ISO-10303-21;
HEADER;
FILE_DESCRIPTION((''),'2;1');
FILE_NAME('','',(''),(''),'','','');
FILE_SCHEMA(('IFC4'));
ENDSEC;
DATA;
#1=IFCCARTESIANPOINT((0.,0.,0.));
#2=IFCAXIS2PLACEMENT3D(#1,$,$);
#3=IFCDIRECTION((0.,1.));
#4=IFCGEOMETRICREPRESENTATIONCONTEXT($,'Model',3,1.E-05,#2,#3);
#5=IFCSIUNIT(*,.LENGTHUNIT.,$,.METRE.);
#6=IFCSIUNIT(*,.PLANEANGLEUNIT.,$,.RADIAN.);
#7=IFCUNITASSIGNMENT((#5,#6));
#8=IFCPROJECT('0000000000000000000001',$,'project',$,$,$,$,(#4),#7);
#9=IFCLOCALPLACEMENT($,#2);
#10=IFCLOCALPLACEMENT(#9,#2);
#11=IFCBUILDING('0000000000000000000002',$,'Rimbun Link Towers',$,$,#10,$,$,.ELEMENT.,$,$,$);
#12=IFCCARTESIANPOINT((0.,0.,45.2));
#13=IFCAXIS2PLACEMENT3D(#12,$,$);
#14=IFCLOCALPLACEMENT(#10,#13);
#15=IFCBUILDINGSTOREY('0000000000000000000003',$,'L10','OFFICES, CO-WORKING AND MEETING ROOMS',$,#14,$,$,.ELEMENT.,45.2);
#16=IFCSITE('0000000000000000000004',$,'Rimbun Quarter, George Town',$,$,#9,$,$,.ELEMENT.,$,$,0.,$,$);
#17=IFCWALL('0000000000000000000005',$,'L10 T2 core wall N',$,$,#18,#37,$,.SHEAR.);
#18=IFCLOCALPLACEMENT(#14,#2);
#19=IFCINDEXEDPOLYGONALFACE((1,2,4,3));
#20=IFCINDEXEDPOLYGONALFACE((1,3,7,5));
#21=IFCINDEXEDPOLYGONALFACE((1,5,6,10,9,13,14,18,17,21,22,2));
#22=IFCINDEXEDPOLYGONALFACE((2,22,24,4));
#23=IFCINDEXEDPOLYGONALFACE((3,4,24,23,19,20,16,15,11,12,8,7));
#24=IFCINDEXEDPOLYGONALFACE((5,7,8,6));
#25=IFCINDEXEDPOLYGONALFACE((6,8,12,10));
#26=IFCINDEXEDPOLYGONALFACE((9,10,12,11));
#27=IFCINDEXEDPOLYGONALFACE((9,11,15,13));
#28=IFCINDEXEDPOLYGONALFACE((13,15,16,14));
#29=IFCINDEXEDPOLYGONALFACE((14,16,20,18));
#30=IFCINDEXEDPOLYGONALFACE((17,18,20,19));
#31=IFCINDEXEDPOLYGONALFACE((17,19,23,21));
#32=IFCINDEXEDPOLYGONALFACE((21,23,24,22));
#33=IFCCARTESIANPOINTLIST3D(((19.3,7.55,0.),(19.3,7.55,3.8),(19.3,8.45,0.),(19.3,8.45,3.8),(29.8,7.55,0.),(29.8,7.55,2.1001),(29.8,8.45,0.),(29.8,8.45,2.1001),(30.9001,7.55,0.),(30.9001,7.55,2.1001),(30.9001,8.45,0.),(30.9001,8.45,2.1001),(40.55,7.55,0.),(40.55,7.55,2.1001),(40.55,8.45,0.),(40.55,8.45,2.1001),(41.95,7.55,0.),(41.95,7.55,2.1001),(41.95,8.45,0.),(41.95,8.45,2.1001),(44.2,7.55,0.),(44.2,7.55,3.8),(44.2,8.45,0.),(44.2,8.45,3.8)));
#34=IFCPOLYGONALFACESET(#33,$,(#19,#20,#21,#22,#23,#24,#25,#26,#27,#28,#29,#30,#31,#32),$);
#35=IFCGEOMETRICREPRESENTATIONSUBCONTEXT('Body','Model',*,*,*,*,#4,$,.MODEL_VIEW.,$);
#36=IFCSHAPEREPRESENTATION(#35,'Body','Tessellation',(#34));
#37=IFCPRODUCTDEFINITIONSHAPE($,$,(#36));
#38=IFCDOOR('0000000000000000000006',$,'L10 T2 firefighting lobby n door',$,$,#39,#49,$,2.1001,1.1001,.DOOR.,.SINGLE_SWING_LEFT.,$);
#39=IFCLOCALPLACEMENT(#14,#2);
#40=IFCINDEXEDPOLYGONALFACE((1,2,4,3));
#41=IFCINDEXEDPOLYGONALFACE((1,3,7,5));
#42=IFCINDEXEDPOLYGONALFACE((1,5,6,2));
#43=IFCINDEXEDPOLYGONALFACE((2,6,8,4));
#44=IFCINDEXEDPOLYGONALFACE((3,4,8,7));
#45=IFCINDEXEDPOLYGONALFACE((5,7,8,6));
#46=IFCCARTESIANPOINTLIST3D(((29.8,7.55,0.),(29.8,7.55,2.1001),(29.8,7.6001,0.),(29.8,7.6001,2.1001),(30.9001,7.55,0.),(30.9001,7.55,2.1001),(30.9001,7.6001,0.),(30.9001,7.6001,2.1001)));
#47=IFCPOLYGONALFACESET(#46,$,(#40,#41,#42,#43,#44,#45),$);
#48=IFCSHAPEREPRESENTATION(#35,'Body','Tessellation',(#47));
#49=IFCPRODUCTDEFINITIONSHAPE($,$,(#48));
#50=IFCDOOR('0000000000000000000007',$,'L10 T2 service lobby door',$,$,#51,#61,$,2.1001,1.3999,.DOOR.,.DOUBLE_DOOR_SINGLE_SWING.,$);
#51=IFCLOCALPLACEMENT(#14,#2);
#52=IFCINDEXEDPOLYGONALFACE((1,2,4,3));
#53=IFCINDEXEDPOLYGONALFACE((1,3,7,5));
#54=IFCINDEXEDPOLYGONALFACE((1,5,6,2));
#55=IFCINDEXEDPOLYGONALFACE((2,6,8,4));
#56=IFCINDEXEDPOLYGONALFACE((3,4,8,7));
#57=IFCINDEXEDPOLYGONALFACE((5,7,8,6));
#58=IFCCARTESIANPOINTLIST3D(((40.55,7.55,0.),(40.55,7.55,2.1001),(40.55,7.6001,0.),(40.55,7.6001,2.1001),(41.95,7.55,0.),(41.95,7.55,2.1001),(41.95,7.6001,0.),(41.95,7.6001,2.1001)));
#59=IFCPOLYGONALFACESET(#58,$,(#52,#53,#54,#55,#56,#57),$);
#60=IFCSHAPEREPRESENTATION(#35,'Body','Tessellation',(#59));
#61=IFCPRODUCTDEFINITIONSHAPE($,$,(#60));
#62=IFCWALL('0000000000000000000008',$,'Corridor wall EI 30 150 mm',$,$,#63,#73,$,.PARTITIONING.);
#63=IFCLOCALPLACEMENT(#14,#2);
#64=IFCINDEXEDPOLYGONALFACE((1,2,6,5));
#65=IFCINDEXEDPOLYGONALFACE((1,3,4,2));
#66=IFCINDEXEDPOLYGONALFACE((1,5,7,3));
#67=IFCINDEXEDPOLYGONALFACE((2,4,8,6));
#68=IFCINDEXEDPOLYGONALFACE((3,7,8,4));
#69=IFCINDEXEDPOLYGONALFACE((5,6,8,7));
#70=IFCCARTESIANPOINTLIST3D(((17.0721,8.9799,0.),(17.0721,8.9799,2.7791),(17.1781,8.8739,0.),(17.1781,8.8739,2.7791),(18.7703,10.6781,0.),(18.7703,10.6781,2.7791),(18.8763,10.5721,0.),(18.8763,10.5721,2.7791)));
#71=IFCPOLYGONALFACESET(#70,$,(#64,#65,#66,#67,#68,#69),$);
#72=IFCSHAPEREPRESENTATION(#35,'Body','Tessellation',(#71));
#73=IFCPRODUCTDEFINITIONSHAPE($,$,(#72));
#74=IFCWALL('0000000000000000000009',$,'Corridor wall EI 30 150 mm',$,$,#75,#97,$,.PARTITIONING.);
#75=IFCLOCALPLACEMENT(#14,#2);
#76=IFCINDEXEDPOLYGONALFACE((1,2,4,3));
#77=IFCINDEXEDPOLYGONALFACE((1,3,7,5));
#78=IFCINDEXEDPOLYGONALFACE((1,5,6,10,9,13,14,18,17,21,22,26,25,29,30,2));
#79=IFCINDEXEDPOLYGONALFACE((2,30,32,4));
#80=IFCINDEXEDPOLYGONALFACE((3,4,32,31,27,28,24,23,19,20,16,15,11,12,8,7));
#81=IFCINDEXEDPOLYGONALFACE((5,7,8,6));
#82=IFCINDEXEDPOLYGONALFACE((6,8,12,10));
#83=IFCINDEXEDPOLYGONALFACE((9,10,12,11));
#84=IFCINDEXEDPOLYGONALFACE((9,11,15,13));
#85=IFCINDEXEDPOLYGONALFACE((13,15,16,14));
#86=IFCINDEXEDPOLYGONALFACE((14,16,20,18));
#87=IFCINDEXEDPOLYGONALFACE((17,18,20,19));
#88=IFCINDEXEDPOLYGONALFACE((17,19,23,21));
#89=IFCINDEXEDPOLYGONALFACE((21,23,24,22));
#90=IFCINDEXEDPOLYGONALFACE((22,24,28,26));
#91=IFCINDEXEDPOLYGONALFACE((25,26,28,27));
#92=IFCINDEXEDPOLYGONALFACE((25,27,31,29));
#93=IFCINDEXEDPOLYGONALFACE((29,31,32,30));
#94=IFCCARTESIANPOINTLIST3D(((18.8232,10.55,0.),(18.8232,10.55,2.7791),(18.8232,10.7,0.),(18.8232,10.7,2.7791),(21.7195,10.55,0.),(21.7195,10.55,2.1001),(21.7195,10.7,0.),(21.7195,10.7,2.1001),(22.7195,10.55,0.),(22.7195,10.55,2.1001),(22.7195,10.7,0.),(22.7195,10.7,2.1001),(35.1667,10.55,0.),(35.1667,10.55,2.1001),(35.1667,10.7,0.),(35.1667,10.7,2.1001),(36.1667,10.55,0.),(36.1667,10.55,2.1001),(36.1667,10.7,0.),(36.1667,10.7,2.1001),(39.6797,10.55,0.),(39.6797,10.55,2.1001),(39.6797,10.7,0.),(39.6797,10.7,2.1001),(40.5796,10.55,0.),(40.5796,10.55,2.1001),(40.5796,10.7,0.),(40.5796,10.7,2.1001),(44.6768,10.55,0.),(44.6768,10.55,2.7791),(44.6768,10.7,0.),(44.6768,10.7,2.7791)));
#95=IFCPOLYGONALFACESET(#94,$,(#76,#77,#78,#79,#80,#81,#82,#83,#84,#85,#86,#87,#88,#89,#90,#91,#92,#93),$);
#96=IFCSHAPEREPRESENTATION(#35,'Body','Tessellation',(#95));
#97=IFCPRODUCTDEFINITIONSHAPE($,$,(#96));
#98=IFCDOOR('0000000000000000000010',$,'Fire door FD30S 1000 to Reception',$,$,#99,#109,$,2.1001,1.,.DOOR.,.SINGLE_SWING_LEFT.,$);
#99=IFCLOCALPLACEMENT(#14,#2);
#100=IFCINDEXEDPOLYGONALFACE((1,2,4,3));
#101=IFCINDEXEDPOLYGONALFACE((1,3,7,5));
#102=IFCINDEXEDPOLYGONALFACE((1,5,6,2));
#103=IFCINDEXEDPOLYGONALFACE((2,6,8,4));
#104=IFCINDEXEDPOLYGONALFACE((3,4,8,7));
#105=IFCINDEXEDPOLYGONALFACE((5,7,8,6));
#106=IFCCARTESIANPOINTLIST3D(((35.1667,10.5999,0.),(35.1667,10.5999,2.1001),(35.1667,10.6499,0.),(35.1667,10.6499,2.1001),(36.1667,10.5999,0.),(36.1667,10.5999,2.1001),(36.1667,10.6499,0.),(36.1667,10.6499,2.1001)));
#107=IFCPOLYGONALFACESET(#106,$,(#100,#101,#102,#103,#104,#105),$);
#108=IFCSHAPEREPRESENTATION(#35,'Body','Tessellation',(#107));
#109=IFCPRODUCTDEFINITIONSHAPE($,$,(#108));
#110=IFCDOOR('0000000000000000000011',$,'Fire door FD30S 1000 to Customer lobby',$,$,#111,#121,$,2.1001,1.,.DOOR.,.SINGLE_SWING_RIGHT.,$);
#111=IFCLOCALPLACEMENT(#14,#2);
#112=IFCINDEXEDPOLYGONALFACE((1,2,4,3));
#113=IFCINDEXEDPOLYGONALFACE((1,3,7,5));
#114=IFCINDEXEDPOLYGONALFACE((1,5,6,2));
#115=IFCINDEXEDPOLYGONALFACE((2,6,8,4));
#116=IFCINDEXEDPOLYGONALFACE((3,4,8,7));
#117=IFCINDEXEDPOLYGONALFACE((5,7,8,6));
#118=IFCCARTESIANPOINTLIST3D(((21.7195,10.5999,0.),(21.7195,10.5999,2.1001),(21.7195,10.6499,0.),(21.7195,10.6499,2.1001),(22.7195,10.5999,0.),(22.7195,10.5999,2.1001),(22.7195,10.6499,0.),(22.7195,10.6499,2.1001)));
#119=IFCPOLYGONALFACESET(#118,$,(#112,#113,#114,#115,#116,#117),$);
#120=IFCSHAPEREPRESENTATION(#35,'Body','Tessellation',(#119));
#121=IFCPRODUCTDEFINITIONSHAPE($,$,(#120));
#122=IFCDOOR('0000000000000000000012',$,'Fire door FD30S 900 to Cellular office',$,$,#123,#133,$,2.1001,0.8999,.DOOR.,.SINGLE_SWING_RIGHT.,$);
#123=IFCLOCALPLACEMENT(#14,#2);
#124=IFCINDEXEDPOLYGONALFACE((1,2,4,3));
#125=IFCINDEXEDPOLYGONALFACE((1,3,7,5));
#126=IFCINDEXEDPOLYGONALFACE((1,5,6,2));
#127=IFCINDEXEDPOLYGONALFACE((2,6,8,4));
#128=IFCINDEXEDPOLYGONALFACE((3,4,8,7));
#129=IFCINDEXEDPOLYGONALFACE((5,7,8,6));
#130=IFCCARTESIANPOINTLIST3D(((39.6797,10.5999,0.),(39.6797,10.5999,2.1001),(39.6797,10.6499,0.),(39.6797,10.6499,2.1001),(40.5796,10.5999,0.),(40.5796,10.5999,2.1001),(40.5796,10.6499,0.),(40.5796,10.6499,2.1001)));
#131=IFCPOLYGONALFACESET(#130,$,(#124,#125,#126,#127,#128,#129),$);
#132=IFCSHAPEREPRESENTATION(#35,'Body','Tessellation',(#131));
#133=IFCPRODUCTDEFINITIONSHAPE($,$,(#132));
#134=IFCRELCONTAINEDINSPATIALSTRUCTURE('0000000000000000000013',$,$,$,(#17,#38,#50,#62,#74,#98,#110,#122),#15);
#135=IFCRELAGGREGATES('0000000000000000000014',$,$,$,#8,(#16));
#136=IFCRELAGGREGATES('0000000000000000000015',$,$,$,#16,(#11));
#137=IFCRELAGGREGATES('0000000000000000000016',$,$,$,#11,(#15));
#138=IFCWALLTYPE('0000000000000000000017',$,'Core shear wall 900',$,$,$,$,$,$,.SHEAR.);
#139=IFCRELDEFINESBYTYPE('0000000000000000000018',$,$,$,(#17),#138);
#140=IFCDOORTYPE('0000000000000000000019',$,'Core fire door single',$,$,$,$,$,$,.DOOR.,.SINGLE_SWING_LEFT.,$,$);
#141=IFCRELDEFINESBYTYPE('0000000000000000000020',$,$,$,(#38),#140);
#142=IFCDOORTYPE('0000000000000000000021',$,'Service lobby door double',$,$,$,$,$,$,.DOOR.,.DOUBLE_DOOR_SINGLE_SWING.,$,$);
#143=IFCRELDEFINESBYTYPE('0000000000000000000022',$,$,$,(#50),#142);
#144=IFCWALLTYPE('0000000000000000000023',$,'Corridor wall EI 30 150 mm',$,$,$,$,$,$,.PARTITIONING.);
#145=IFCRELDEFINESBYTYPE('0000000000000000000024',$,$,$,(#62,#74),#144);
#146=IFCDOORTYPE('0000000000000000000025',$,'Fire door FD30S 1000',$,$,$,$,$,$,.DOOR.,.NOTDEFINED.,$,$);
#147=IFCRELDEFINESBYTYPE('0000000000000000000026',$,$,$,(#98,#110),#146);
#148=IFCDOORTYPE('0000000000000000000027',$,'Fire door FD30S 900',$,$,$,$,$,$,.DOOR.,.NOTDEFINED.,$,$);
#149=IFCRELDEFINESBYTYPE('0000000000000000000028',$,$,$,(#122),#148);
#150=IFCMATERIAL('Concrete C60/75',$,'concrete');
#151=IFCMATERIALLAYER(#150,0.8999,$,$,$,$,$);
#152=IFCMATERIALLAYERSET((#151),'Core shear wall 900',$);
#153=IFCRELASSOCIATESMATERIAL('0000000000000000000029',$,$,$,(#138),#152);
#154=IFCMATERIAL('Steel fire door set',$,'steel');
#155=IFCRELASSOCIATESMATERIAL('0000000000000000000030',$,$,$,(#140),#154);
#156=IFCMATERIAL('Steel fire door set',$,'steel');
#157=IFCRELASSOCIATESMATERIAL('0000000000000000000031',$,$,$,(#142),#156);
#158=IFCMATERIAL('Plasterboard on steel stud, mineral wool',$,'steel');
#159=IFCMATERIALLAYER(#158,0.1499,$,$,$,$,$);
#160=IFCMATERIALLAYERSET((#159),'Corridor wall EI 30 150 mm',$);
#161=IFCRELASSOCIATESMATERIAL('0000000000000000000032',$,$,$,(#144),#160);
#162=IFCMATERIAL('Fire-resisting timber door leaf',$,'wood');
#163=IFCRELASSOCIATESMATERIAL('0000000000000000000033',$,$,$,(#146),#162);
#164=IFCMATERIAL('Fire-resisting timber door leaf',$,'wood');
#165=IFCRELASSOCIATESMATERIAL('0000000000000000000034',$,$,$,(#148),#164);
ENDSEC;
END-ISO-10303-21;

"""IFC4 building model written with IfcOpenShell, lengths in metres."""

from ifc_helpers import new_model, si_unit, direction, frame, frame_2d, origin, place, context, subcontext, project, spatial, rectangle, extrude, material, layer, layer_set, type_object, element, fill, save


model = new_model("IFC4")

# Units and contexts
model_context = context("Model", 3, precision=1e-05, world=origin(), true_north=direction((0.0, 1.0)))
body_context = subcontext(model_context, "Body", "Model", "MODEL_VIEW")
ifc_project = project(units=[si_unit("LENGTHUNIT", "METRE"), si_unit("PLANEANGLEUNIT", "RADIAN")], contexts=[model_context])

# Site, building, storey
site_placement = place(None, origin())
site = spatial("IfcSite", under=ifc_project, at=site_placement, Name="Rimbun Quarter, George Town", CompositionType="ELEMENT", RefElevation=0.0)
building_placement = place(site_placement, origin())
building = spatial("IfcBuilding", under=site, at=building_placement, Name="Rimbun Link Towers", CompositionType="ELEMENT")
storey_placement = place(building_placement, frame((0.0, 0.0, 45.2)))
storey = spatial("IfcBuildingStorey", under=building, at=storey_placement, Name="L10", Description="OFFICES, CO-WORKING AND MEETING ROOMS", CompositionType="ELEMENT", Elevation=45.2)

# Wall, openings, doors
ifc_material_1 = material(Name="Concrete C60/75", Category="concrete")
ifc_layer_1 = layer(ifc_material_1, 0.8999)
ifc_layer_set_1 = layer_set([ifc_layer_1], Name="Core shear wall 900")
wall_type_1 = type_object("IfcWallType", Name="Core shear wall 900", PredefinedType="SHEAR", material=ifc_layer_set_1)
wall_1_placement = place(storey_placement, frame((19.3, 8.0, 0.0), z_axis=(0.0, 0.0, 1.0), x_axis=(1.0, 0.0, 0.0)))
wall_1 = element("IfcWall", 1, at=wall_1_placement, inside=storey, type_object=wall_type_1, Name="L10 T2 core wall N", PredefinedType="SHEAR", context=body_context, shape_type="SweptSolid", body=[
    extrude(rectangle(XDim=24.8999, YDim=0.8999, at=frame_2d((12.45, 0.0))), origin(), (0.0, 0.0, 1.0), 3.8),
])
opening_1_placement = place(wall_1_placement, frame((10.5, 0.0, 0.0)))
opening_1 = element("IfcOpeningElement", 2, at=opening_1_placement, cuts=wall_1, PredefinedType="OPENING", context=body_context, shape_type="SweptSolid", body=[
    extrude(rectangle(XDim=1.1001, YDim=2.1001, at=frame_2d((0.55, 1.05))), frame((0.0, 0.46, 0.0), z_axis=(0.0, -1.0, 0.0), x_axis=(1.0, 0.0, 0.0)), (0.0, 0.0, 1.0), 0.9199),
])
opening_2_placement = place(wall_1_placement, frame((21.25, 0.0, 0.0)))
opening_2 = element("IfcOpeningElement", 3, at=opening_2_placement, cuts=wall_1, PredefinedType="OPENING", context=body_context, shape_type="SweptSolid", body=[
    extrude(rectangle(XDim=1.3999, YDim=2.1001, at=frame_2d((0.7, 1.05))), frame((0.0, 0.46, 0.0), z_axis=(0.0, -1.0, 0.0), x_axis=(1.0, 0.0, 0.0)), (0.0, 0.0, 1.0), 0.9199),
])
ifc_material_2 = material(Name="Steel fire door set", Category="steel")
door_type_1 = type_object("IfcDoorType", Name="Core fire door single", OperationType="SINGLE_SWING_LEFT", PredefinedType="DOOR", material=ifc_material_2)
door_1_placement = place(opening_1_placement, origin())
door_1 = element("IfcDoor", 4, at=door_1_placement, inside=storey, type_object=door_type_1, Name="L10 T2 firefighting lobby n door", OperationType="SINGLE_SWING_LEFT", OverallHeight=2.1001, OverallWidth=1.1001, PredefinedType="DOOR", context=body_context, shape_type="SweptSolid", body=[
    extrude(rectangle(XDim=1.1001, YDim=2.1001, at=frame_2d((0.55, 1.05))), frame((0.0, -0.3999, 0.0), z_axis=(0.0, -1.0, 0.0), x_axis=(1.0, 0.0, 0.0)), (0.0, 0.0, 1.0), 0.05),
])
fill(opening_1, door_1)
ifc_material_3 = material(Name="Steel fire door set", Category="steel")
door_type_2 = type_object("IfcDoorType", Name="Service lobby door double", OperationType="DOUBLE_DOOR_SINGLE_SWING", PredefinedType="DOOR", material=ifc_material_3)
door_2_placement = place(opening_2_placement, origin())
door_2 = element("IfcDoor", 5, at=door_2_placement, inside=storey, type_object=door_type_2, Name="L10 T2 service lobby door", OperationType="DOUBLE_DOOR_SINGLE_SWING", OverallHeight=2.1001, OverallWidth=1.3999, PredefinedType="DOOR", context=body_context, shape_type="SweptSolid", body=[
    extrude(rectangle(XDim=1.3999, YDim=2.1001, at=frame_2d((0.7, 1.05))), frame((0.0, -0.3999, 0.0), z_axis=(0.0, -1.0, 0.0), x_axis=(1.0, 0.0, 0.0)), (0.0, 0.0, 1.0), 0.05),
])
fill(opening_2, door_2)

# Wall
ifc_material_4 = material(Name="Plasterboard on steel stud, mineral wool", Category="steel")
ifc_layer_2 = layer(ifc_material_4, 0.1499)
ifc_layer_set_2 = layer_set([ifc_layer_2], Name="Corridor wall EI 30 150 mm")
wall_type_2 = type_object("IfcWallType", Name="Corridor wall EI 30 150 mm", PredefinedType="PARTITIONING", material=ifc_layer_set_2)
wall_2_placement = place(storey_placement, frame((18.8232, 10.625, 0.0), z_axis=(0.0, 0.0, 1.0), x_axis=(-0.707107, -0.707107, 0.0)))
element("IfcWall", 6, at=wall_2_placement, inside=storey, type_object=wall_type_2, Name="Corridor wall EI 30 150 mm", PredefinedType="PARTITIONING", context=body_context, shape_type="SweptSolid", body=[
    extrude(rectangle(XDim=2.4016, YDim=0.1499, at=frame_2d((1.2007, 0.0))), origin(), (0.0, 0.0, 1.0), 2.7791),
])

# Wall, openings, doors
wall_3_placement = place(storey_placement, frame((18.8232, 10.625, 0.0), z_axis=(0.0, 0.0, 1.0), x_axis=(1.0, 0.0, 0.0)))
wall_3 = element("IfcWall", 7, at=wall_3_placement, inside=storey, type_object=wall_type_2, Name="Corridor wall EI 30 150 mm", PredefinedType="PARTITIONING", context=body_context, shape_type="SweptSolid", body=[
    extrude(rectangle(XDim=25.8535, YDim=0.1499, at=frame_2d((12.9268, 0.0))), origin(), (0.0, 0.0, 1.0), 2.7791),
])
opening_3_placement = place(wall_3_placement, frame((20.8564, 0.0, 0.0)))
opening_3 = element("IfcOpeningElement", 8, at=opening_3_placement, cuts=wall_3, PredefinedType="OPENING", context=body_context, shape_type="SweptSolid", body=[
    extrude(rectangle(XDim=0.8999, YDim=2.1001, at=frame_2d((0.45, 1.05))), frame((0.0, 0.085, 0.0), z_axis=(0.0, -1.0, 0.0), x_axis=(1.0, 0.0, 0.0)), (0.0, 0.0, 1.0), 0.1699),
])
opening_4_placement = place(wall_3_placement, frame((16.3435, 0.0, 0.0)))
opening_4 = element("IfcOpeningElement", 9, at=opening_4_placement, cuts=wall_3, PredefinedType="OPENING", context=body_context, shape_type="SweptSolid", body=[
    extrude(rectangle(XDim=1.0, YDim=2.1001, at=frame_2d((0.5, 1.05))), frame((0.0, 0.085, 0.0), z_axis=(0.0, -1.0, 0.0), x_axis=(1.0, 0.0, 0.0)), (0.0, 0.0, 1.0), 0.1699),
])
opening_5_placement = place(wall_3_placement, frame((2.8962, 0.0, 0.0)))
opening_5 = element("IfcOpeningElement", 10, at=opening_5_placement, cuts=wall_3, PredefinedType="OPENING", context=body_context, shape_type="SweptSolid", body=[
    extrude(rectangle(XDim=1.0, YDim=2.1001, at=frame_2d((0.5, 1.05))), frame((0.0, 0.085, 0.0), z_axis=(0.0, -1.0, 0.0), x_axis=(1.0, 0.0, 0.0)), (0.0, 0.0, 1.0), 0.1699),
])
ifc_material_5 = material(Name="Fire-resisting timber door leaf", Category="wood")
door_type_3 = type_object("IfcDoorType", Name="Fire door FD30S 1000", OperationType="NOTDEFINED", PredefinedType="DOOR", material=ifc_material_5)
door_3_placement = place(opening_4_placement, origin())
door_3 = element("IfcDoor", 11, at=door_3_placement, inside=storey, type_object=door_type_3, Name="Fire door FD30S 1000 to Reception", OperationType="SINGLE_SWING_LEFT", OverallHeight=2.1001, OverallWidth=1.0, PredefinedType="DOOR", context=body_context, shape_type="SweptSolid", body=[
    extrude(rectangle(XDim=1.0, YDim=2.1001, at=frame_2d((0.5, 1.05))), frame((0.0, 0.0249, 0.0), z_axis=(0.0, -1.0, 0.0), x_axis=(1.0, 0.0, 0.0)), (0.0, 0.0, 1.0), 0.05),
])
fill(opening_4, door_3)
door_4_placement = place(opening_5_placement, origin())
door_4 = element("IfcDoor", 12, at=door_4_placement, inside=storey, type_object=door_type_3, Name="Fire door FD30S 1000 to Customer lobby", OperationType="SINGLE_SWING_RIGHT", OverallHeight=2.1001, OverallWidth=1.0, PredefinedType="DOOR", context=body_context, shape_type="SweptSolid", body=[
    extrude(rectangle(XDim=1.0, YDim=2.1001, at=frame_2d((0.5, 1.05))), frame((0.0, 0.0249, 0.0), z_axis=(0.0, -1.0, 0.0), x_axis=(1.0, 0.0, 0.0)), (0.0, 0.0, 1.0), 0.05),
])
fill(opening_5, door_4)
ifc_material_6 = material(Name="Fire-resisting timber door leaf", Category="wood")
door_type_4 = type_object("IfcDoorType", Name="Fire door FD30S 900", OperationType="NOTDEFINED", PredefinedType="DOOR", material=ifc_material_6)
door_5_placement = place(opening_3_placement, origin())
door_5 = element("IfcDoor", 13, at=door_5_placement, inside=storey, type_object=door_type_4, Name="Fire door FD30S 900 to Cellular office", OperationType="SINGLE_SWING_RIGHT", OverallHeight=2.1001, OverallWidth=0.8999, PredefinedType="DOOR", context=body_context, shape_type="SweptSolid", body=[
    extrude(rectangle(XDim=0.8999, YDim=2.1001, at=frame_2d((0.45, 1.05))), frame((0.0, 0.0249, 0.0), z_axis=(0.0, -1.0, 0.0), x_axis=(1.0, 0.0, 0.0)), (0.0, 0.0, 1.0), 0.05),
])
fill(opening_3, door_5)

save(model, "model.ifc")
